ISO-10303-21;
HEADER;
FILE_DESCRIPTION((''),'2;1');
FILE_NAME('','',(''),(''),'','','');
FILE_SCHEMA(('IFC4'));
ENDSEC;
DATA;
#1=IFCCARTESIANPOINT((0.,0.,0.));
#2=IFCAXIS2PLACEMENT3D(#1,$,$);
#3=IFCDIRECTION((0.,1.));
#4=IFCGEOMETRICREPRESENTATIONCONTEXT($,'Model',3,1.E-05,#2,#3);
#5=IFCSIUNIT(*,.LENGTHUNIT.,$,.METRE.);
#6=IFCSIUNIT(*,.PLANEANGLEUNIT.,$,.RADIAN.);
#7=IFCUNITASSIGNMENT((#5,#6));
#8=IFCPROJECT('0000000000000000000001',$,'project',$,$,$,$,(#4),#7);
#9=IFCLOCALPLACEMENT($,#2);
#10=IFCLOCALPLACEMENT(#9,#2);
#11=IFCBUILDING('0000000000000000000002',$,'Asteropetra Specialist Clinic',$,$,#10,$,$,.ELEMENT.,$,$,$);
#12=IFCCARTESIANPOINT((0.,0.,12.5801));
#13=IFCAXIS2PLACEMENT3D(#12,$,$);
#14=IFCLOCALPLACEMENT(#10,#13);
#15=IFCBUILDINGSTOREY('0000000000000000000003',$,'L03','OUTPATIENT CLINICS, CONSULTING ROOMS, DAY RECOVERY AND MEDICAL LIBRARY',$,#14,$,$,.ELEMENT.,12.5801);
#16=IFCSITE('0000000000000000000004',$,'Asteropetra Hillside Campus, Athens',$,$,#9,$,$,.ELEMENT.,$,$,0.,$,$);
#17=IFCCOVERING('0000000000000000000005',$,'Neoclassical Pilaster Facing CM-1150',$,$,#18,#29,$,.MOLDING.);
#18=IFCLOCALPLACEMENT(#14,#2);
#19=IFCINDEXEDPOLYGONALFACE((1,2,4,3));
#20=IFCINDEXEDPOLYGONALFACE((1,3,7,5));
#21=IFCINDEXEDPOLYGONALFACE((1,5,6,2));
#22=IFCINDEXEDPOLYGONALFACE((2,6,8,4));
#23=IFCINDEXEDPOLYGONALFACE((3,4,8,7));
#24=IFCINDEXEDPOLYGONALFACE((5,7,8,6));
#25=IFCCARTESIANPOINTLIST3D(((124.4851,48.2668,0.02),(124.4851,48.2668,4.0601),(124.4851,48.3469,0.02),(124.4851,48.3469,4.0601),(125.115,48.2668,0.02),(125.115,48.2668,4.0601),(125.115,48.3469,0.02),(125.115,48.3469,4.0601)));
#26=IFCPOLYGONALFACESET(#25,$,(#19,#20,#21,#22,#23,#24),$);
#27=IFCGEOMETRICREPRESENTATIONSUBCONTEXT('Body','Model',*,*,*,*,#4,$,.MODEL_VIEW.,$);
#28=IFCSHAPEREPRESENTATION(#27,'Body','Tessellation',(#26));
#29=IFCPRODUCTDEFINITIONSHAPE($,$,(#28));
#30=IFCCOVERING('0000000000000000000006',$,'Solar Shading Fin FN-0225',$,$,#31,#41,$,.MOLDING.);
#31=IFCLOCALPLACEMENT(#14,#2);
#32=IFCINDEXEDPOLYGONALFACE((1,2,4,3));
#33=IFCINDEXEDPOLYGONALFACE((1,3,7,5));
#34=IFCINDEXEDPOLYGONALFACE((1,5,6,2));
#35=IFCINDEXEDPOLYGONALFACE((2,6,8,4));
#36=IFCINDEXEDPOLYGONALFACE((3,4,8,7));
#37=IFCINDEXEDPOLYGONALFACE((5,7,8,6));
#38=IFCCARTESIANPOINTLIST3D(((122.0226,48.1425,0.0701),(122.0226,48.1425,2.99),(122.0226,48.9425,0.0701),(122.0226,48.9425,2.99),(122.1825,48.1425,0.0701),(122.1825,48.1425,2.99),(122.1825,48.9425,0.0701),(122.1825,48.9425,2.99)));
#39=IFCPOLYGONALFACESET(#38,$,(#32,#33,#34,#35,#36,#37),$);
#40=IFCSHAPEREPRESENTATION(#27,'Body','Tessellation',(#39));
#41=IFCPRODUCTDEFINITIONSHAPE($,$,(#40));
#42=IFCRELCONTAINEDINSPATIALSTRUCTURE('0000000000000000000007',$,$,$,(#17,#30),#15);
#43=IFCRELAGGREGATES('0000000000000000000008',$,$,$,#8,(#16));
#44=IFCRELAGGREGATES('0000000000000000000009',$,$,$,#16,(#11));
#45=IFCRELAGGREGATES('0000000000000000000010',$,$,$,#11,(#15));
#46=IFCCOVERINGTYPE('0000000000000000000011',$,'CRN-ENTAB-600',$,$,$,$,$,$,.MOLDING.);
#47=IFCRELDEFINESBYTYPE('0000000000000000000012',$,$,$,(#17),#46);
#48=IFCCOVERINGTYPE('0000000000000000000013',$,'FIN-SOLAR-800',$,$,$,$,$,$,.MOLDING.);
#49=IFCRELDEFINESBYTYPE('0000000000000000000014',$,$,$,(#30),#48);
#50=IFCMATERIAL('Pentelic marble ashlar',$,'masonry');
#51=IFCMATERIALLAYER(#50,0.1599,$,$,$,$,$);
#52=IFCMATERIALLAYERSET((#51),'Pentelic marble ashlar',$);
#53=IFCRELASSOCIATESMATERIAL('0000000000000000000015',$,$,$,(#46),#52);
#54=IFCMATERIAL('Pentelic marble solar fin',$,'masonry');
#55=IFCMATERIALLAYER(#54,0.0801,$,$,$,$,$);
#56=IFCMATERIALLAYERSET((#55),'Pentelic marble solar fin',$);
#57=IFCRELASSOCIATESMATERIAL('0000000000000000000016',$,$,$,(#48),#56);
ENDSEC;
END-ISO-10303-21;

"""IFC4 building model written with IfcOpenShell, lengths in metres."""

from ifc_helpers import new_model, si_unit, direction, frame, origin, origin_2d, place, context, subcontext, project, spatial, rectangle, extrude, material, layer, layer_set, type_object, element, save


model = new_model("IFC4")

# Units and contexts
model_context = context("Model", 3, precision=1e-05, world=origin(), true_north=direction((0.0, 1.0)))
body_context = subcontext(model_context, "Body", "Model", "MODEL_VIEW")
ifc_project = project(units=[si_unit("LENGTHUNIT", "METRE"), si_unit("PLANEANGLEUNIT", "RADIAN")], contexts=[model_context])

# Site, building, storey
site_placement = place(None, origin())
site = spatial("IfcSite", under=ifc_project, at=site_placement, Name="Asteropetra Hillside Campus, Athens", CompositionType="ELEMENT", RefElevation=0.0)
building_placement = place(site_placement, origin())
building = spatial("IfcBuilding", under=site, at=building_placement, Name="Asteropetra Specialist Clinic", CompositionType="ELEMENT")
storey_placement = place(building_placement, frame((0.0, 0.0, 12.5801)))
storey = spatial("IfcBuildingStorey", under=building, at=storey_placement, Name="L03", Description="OUTPATIENT CLINICS, CONSULTING ROOMS, DAY RECOVERY AND MEDICAL LIBRARY", CompositionType="ELEMENT", Elevation=12.5801)

# Coverings
ifc_material_1 = material(Name="Pentelic marble ashlar", Category="masonry")
ifc_layer_1 = layer(ifc_material_1, 0.1599)
ifc_layer_set_1 = layer_set([ifc_layer_1], Name="Pentelic marble ashlar")
covering_type_1 = type_object("IfcCoveringType", Name="CRN-ENTAB-600", PredefinedType="MOLDING", material=ifc_layer_set_1)
covering_1_placement = place(storey_placement, frame((124.8, 48.3069, 0.02), z_axis=(0.0, 0.0, 1.0), x_axis=(1.0, 0.0, 0.0)))
element("IfcCovering", 1, at=covering_1_placement, inside=storey, type_object=covering_type_1, Name="Neoclassical Pilaster Facing CM-1150", PredefinedType="MOLDING", context=body_context, shape_type="SweptSolid", body=[
    extrude(rectangle(XDim=0.6299, YDim=0.0801, at=origin_2d()), origin(), (0.0, 0.0, 1.0), 4.04),
])
ifc_material_2 = material(Name="Pentelic marble solar fin", Category="masonry")
ifc_layer_2 = layer(ifc_material_2, 0.0801)
ifc_layer_set_2 = layer_set([ifc_layer_2], Name="Pentelic marble solar fin")
covering_type_2 = type_object("IfcCoveringType", Name="FIN-SOLAR-800", PredefinedType="MOLDING", material=ifc_layer_set_2)
covering_2_placement = place(storey_placement, frame((122.1025, 48.5425, 0.0701), z_axis=(0.0, 0.0, 1.0), x_axis=(1.0, 0.0, 0.0)))
element("IfcCovering", 2, at=covering_2_placement, inside=storey, type_object=covering_type_2, Name="Solar Shading Fin FN-0225", PredefinedType="MOLDING", context=body_context, shape_type="SweptSolid", body=[
    extrude(rectangle(XDim=0.1599, YDim=0.8, at=origin_2d()), origin(), (0.0, 0.0, 1.0), 2.9199),
])

save(model, "model.ifc")
